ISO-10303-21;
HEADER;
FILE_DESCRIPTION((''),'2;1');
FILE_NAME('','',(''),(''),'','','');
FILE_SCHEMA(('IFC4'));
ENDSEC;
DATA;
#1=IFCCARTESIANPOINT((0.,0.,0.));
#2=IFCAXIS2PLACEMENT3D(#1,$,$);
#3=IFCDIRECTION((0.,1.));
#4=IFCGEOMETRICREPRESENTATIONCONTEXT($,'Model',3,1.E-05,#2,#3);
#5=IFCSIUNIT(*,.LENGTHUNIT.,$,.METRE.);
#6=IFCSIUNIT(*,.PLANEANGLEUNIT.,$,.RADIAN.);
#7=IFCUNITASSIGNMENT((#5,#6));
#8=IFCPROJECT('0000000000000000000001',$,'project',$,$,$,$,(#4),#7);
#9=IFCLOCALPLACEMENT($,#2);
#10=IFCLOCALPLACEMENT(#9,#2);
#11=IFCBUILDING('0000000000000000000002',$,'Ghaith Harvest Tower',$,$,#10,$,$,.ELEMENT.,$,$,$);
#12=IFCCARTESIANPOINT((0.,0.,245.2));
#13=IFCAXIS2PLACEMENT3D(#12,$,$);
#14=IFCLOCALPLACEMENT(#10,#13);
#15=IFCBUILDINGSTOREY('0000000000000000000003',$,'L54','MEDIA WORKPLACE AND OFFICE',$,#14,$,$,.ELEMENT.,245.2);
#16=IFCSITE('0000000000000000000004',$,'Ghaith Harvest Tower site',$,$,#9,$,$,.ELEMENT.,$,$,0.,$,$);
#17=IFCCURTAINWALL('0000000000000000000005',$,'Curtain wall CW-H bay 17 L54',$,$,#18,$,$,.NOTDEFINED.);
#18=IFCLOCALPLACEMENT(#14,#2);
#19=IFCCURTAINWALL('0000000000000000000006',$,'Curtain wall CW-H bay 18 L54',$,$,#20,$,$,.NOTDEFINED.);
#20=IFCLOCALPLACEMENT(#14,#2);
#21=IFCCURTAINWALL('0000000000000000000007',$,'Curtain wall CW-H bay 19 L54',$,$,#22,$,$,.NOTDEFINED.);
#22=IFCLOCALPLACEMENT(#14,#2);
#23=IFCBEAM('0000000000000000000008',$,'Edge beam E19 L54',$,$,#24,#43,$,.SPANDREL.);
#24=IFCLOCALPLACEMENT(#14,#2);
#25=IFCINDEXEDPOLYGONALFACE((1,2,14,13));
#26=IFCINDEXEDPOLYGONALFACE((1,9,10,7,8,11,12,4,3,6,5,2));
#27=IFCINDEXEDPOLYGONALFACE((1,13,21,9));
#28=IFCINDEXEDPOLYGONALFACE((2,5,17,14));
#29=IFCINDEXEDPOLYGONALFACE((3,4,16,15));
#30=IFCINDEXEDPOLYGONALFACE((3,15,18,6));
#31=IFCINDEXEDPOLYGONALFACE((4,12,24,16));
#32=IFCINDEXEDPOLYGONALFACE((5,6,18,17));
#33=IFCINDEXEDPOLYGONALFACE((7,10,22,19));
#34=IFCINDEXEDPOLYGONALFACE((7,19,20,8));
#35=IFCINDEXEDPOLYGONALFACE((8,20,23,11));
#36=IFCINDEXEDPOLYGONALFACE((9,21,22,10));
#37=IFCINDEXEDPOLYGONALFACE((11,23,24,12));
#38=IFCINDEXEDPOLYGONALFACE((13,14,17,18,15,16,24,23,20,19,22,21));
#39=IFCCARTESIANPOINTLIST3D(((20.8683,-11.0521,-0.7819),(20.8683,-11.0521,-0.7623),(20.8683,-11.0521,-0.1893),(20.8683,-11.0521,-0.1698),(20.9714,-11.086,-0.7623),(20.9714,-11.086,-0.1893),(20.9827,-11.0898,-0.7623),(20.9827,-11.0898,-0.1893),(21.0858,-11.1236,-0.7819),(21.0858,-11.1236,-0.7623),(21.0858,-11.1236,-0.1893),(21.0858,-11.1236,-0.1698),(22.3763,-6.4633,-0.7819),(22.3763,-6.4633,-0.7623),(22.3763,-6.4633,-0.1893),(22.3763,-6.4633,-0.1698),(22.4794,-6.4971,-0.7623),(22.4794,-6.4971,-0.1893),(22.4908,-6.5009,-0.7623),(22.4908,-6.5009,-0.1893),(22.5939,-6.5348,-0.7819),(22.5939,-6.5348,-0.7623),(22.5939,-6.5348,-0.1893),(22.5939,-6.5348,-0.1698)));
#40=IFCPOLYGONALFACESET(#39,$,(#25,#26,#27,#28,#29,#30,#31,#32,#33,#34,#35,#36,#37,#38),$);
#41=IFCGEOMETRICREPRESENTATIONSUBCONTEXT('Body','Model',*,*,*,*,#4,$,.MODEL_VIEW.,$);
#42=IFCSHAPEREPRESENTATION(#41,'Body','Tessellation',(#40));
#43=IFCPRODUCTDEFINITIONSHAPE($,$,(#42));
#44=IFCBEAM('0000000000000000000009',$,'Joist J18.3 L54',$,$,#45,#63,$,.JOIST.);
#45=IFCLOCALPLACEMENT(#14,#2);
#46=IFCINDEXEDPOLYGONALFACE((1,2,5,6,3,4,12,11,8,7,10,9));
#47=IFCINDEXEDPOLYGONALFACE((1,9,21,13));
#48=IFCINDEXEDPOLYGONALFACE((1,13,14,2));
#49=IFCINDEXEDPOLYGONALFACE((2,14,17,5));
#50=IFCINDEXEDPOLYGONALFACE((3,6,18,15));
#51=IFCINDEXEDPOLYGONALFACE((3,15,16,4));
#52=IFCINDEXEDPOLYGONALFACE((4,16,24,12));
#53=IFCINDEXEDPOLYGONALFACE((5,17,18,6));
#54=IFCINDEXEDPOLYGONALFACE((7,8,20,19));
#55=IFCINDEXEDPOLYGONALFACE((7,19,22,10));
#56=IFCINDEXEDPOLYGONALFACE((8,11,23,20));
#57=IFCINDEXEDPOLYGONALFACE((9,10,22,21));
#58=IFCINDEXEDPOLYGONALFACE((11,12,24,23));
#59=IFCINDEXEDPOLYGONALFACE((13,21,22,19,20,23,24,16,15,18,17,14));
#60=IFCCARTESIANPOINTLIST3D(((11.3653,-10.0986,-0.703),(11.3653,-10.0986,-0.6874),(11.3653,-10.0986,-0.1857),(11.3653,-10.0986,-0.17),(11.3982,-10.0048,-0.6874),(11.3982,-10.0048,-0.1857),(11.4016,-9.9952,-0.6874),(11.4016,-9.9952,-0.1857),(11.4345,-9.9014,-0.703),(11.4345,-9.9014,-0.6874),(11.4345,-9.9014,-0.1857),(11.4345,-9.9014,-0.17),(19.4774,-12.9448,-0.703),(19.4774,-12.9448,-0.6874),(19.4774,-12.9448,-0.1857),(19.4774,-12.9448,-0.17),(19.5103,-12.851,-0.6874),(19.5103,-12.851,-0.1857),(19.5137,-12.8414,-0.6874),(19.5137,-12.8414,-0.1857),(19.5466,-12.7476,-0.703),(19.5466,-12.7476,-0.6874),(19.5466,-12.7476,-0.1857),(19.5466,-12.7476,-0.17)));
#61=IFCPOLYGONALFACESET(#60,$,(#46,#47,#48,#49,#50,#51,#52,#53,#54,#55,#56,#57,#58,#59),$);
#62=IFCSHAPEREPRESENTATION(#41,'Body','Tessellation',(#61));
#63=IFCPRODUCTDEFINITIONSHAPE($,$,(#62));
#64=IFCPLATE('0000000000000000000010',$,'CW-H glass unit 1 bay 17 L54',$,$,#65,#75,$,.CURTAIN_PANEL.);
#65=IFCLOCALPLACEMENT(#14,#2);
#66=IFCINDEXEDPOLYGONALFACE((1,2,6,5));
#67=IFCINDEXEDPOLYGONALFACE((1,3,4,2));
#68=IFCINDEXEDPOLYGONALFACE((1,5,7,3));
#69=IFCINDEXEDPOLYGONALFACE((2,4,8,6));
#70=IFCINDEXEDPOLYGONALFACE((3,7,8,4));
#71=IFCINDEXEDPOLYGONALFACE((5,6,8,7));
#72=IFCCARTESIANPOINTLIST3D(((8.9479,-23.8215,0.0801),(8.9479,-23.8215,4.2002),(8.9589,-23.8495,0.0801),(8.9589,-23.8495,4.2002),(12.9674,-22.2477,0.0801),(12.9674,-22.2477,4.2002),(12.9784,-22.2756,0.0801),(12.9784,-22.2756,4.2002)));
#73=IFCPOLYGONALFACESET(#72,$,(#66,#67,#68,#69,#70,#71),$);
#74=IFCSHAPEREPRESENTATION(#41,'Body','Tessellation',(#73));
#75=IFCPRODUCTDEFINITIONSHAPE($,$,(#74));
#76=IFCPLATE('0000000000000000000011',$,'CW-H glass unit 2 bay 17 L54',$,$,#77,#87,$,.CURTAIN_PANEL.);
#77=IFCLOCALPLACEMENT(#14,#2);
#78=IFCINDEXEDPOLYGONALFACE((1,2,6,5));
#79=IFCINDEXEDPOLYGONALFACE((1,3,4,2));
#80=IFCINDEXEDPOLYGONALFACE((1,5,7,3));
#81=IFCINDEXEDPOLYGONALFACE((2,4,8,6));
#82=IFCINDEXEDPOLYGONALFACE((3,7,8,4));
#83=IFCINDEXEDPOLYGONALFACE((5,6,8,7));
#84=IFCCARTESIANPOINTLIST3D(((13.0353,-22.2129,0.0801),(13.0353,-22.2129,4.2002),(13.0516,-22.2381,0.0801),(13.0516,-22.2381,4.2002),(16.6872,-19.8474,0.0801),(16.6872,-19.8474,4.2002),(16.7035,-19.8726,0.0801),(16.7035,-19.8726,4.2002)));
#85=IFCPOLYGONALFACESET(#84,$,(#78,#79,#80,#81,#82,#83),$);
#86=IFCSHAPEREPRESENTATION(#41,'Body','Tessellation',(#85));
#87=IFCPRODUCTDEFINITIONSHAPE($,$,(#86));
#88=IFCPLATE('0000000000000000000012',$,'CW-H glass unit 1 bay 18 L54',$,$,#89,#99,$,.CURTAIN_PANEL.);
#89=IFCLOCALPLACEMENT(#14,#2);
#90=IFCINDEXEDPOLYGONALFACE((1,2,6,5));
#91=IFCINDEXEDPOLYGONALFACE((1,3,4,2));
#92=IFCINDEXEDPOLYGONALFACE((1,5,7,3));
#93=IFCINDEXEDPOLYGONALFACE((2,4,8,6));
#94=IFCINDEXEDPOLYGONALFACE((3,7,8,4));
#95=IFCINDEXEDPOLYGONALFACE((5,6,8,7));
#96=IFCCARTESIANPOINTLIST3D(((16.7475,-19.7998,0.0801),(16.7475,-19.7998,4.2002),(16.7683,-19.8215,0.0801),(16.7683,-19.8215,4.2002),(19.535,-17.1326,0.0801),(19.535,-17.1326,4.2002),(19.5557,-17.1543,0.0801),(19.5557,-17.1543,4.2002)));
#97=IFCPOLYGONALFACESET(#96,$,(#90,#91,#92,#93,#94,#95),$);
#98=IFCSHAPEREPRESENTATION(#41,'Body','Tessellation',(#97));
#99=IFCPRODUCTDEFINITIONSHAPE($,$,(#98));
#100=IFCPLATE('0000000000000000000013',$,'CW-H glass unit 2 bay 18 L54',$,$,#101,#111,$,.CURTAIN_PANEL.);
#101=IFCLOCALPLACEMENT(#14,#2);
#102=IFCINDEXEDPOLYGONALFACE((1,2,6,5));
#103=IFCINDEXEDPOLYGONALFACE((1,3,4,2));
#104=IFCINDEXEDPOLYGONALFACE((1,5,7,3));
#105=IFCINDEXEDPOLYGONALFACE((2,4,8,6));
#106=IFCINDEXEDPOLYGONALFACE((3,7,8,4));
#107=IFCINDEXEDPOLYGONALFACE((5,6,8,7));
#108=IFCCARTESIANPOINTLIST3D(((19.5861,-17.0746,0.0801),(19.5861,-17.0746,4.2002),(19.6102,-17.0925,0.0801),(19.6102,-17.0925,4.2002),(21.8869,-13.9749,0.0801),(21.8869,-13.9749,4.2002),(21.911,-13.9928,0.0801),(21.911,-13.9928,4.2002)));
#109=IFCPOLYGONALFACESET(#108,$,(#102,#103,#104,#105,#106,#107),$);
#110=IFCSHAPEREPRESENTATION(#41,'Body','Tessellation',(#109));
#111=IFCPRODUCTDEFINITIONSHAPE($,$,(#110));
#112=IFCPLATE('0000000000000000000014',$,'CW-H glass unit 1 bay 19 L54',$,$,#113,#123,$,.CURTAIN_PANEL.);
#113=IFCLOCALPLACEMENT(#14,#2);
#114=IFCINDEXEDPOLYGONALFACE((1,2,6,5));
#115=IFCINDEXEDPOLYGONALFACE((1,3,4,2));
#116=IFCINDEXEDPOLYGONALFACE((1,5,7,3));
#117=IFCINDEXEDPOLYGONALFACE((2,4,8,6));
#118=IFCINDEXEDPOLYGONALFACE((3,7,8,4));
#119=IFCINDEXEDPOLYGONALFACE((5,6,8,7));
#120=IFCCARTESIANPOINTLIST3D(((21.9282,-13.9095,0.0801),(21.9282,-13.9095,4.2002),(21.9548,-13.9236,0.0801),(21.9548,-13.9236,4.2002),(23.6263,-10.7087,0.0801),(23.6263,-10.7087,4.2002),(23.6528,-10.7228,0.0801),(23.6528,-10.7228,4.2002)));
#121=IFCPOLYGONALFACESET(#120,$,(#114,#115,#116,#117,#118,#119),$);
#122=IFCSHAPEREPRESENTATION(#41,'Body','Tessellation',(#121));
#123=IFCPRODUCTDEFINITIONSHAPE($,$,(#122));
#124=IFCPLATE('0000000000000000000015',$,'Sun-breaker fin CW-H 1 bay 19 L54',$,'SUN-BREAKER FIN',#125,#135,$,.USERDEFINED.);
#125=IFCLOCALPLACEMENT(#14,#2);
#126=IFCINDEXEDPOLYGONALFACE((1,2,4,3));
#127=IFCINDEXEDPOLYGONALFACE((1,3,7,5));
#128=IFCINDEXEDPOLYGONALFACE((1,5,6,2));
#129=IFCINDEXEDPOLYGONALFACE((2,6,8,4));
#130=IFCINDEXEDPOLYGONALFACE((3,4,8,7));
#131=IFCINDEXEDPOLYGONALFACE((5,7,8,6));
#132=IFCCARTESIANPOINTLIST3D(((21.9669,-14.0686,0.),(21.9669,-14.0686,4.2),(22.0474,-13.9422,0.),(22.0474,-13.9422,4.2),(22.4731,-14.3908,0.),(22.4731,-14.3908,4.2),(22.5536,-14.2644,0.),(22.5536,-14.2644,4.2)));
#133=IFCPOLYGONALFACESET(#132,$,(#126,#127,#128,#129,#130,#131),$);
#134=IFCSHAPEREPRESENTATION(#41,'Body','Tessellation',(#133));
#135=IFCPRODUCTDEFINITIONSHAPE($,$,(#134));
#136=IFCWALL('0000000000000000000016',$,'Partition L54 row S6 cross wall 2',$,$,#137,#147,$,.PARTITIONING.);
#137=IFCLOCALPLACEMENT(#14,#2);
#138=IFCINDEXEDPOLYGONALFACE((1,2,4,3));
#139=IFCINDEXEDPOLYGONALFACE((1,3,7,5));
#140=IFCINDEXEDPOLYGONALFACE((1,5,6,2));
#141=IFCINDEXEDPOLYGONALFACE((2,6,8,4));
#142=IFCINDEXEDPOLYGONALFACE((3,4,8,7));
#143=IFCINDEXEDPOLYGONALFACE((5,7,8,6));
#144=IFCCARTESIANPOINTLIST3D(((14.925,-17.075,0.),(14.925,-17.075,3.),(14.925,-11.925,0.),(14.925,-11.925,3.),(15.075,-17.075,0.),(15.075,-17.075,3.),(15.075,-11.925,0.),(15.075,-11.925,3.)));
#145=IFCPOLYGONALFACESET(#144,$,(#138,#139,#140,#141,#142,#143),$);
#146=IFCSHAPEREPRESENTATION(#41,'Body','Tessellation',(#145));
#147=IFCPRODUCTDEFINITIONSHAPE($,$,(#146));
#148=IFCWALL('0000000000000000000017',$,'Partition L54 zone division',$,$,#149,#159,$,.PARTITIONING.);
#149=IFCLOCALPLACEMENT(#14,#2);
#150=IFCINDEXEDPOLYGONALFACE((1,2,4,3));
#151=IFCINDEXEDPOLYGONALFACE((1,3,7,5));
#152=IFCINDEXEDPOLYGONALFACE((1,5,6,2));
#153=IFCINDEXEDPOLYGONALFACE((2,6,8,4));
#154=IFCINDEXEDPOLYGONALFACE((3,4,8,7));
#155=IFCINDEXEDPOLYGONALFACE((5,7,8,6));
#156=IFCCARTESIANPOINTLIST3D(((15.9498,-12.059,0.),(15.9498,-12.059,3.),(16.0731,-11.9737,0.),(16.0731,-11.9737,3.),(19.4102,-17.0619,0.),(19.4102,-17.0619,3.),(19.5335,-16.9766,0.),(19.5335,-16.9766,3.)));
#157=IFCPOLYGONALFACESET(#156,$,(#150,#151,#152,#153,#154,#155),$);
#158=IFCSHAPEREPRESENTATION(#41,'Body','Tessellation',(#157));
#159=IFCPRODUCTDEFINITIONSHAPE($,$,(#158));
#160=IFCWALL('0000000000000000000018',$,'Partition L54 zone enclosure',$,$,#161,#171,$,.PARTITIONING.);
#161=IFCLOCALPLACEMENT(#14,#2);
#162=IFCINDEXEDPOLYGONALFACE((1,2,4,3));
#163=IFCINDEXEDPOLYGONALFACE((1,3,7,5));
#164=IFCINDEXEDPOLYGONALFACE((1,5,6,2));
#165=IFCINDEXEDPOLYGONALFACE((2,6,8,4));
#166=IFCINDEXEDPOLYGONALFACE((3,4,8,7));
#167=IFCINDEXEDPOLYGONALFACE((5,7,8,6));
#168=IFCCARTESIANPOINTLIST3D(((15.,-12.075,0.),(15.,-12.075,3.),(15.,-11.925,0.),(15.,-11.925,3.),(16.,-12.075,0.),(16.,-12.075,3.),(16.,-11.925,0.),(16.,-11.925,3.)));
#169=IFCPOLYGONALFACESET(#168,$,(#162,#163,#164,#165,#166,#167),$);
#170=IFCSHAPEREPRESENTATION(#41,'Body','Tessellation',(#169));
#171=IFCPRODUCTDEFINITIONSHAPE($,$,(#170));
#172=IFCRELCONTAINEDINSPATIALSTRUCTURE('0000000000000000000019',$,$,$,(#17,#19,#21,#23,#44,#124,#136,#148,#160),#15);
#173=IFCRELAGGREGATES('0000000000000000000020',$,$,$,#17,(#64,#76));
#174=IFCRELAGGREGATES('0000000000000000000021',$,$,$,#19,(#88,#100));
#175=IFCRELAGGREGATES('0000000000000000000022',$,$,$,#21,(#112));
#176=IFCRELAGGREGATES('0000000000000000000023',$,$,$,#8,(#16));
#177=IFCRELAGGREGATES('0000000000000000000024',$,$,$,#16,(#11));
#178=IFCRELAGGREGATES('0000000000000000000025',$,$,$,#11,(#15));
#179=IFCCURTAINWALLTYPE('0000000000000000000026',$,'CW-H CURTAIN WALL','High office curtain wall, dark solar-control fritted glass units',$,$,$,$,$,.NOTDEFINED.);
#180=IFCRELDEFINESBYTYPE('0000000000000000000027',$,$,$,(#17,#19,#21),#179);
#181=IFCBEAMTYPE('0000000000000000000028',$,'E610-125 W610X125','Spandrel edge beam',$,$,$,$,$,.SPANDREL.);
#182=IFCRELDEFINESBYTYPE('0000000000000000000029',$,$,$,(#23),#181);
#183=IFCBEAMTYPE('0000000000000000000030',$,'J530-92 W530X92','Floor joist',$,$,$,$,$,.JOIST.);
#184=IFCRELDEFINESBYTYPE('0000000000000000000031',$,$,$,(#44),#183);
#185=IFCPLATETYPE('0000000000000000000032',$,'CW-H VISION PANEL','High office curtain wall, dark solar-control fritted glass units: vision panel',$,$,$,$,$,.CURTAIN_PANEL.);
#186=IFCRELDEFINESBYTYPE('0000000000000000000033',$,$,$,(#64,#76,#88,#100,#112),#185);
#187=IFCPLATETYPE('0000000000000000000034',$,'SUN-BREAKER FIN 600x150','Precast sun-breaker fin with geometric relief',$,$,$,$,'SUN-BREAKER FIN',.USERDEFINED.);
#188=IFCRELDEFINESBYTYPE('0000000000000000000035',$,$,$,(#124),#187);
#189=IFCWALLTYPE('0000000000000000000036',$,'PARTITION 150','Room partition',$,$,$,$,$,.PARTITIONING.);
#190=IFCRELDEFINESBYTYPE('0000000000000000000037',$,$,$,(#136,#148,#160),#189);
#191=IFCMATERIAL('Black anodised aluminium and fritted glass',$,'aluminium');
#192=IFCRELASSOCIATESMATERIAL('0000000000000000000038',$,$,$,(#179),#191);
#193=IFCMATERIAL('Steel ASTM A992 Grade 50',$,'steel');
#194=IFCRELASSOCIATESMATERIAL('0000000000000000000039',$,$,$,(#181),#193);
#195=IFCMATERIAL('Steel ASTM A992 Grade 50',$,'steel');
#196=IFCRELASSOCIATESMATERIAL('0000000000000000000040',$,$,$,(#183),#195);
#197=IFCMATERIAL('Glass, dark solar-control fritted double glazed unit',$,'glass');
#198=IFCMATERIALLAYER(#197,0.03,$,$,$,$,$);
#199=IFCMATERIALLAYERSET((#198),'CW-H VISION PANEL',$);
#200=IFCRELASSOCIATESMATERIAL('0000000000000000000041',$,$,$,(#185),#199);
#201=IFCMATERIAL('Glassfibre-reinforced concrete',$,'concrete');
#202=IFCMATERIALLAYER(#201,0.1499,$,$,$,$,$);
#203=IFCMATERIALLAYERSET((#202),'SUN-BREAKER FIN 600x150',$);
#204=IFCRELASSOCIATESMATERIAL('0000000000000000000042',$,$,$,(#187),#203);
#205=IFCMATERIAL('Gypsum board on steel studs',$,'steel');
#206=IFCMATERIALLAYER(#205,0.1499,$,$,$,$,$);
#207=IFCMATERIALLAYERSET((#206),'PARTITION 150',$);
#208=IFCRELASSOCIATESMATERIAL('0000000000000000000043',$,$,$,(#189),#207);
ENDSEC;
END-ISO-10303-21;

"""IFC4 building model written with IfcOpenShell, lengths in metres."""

from ifc_helpers import new_model, si_unit, direction, frame, frame_2d, origin, origin_2d, place, context, subcontext, project, spatial, rectangle, i_section, extrude, material, layer, layer_set, material_profile, profile_set, type_object, element, aggregate, save


model = new_model("IFC4")

# Units and contexts
model_context = context("Model", 3, precision=1e-05, world=origin(), true_north=direction((0.0, 1.0)))
body_context = subcontext(model_context, "Body", "Model", "MODEL_VIEW")
ifc_project = project(units=[si_unit("LENGTHUNIT", "METRE"), si_unit("PLANEANGLEUNIT", "RADIAN")], contexts=[model_context])

# Site, building, storey
site_placement = place(None, origin())
site = spatial("IfcSite", under=ifc_project, at=site_placement, Name="Ghaith Harvest Tower site", CompositionType="ELEMENT", RefElevation=0.0)
building_placement = place(site_placement, origin())
building = spatial("IfcBuilding", under=site, at=building_placement, Name="Ghaith Harvest Tower", CompositionType="ELEMENT")
storey_placement = place(building_placement, frame((0.0, 0.0, 245.2)))
storey = spatial("IfcBuildingStorey", under=building, at=storey_placement, Name="L54", Description="MEDIA WORKPLACE AND OFFICE", CompositionType="ELEMENT", Elevation=245.2)

# Curtain wall
ifc_material_1 = material(Name="Black anodised aluminium and fritted glass", Category="aluminium")
curtain_wall_type = type_object("IfcCurtainWallType", Name="CW-H CURTAIN WALL", Description="High office curtain wall, dark solar-control fritted glass units", PredefinedType="NOTDEFINED", material=ifc_material_1)
curtain_wall_1_placement = place(storey_placement, origin())
curtain_wall_1 = element("IfcCurtainWall", 1, at=curtain_wall_1_placement, inside=storey, type_object=curtain_wall_type, Name="Curtain wall CW-H bay 17 L54", PredefinedType="NOTDEFINED")

# Curtain walls
curtain_wall_2_placement = place(storey_placement, origin())
curtain_wall_2 = element("IfcCurtainWall", 2, at=curtain_wall_2_placement, inside=storey, type_object=curtain_wall_type, Name="Curtain wall CW-H bay 18 L54", PredefinedType="NOTDEFINED")
curtain_wall_3_placement = place(storey_placement, origin())
curtain_wall_3 = element("IfcCurtainWall", 3, at=curtain_wall_3_placement, inside=storey, type_object=curtain_wall_type, Name="Curtain wall CW-H bay 19 L54", PredefinedType="NOTDEFINED")

# Beams
ifc_material_2 = material(Name="Steel ASTM A992 Grade 50", Category="steel")
ifc_material_profile_1 = material_profile(ifc_material_2, i_section(OverallWidth=0.229, OverallDepth=0.6121, WebThickness=0.012, FlangeThickness=0.0195, at=origin_2d()), Name="W610X125")
ifc_profile_set_1 = profile_set([ifc_material_profile_1], Name="Steel ASTM A992 Grade 50")
beam_type_1 = type_object("IfcBeamType", Name="E610-125 W610X125", Description="Spandrel edge beam", PredefinedType="SPANDREL", material=ifc_profile_set_1)
beam_1_placement = place(storey_placement, frame((20.9771, -11.0879, -0.4758), z_axis=(0.312207, 0.950014, 0.0), x_axis=(-0.950014, 0.312207, 0.0)))
element("IfcBeam", 4, at=beam_1_placement, inside=storey, type_object=beam_type_1, Name="Edge beam E19 L54", PredefinedType="SPANDREL", context=body_context, shape_type="SweptSolid", body=[
    extrude(i_section(OverallWidth=0.229, OverallDepth=0.6121, WebThickness=0.012, FlangeThickness=0.0195, at=origin_2d()), origin(), (0.0, 0.0, 1.0), 4.8303),
])
ifc_material_3 = material(Name="Steel ASTM A992 Grade 50", Category="steel")
ifc_material_profile_2 = material_profile(ifc_material_3, i_section(OverallWidth=0.209, OverallDepth=0.533, WebThickness=0.0103, FlangeThickness=0.0156, at=origin_2d()), Name="W530X92")
ifc_profile_set_2 = profile_set([ifc_material_profile_2], Name="Steel ASTM A992 Grade 50")
beam_type_2 = type_object("IfcBeamType", Name="J530-92 W530X92", Description="Floor joist", PredefinedType="JOIST", material=ifc_profile_set_2)
beam_2_placement = place(storey_placement, frame((11.3999, -10.0, -0.4365), z_axis=(0.943605, -0.331073, 0.0), x_axis=(0.331073, 0.943605, 0.0)))
element("IfcBeam", 5, at=beam_2_placement, inside=storey, type_object=beam_type_2, Name="Joist J18.3 L54", PredefinedType="JOIST", context=body_context, shape_type="SweptSolid", body=[
    extrude(i_section(OverallWidth=0.209, OverallDepth=0.533, WebThickness=0.0103, FlangeThickness=0.0156, at=origin_2d()), origin(), (0.0, 0.0, 1.0), 8.5969),
])

# Plates
ifc_material_4 = material(Name="Glass, dark solar-control fritted double glazed unit", Category="glass")
ifc_layer_1 = layer(ifc_material_4, 0.03)
ifc_layer_set_1 = layer_set([ifc_layer_1], Name="CW-H VISION PANEL")
plate_type_1 = type_object("IfcPlateType", Name="CW-H VISION PANEL", Description="High office curtain wall, dark solar-control fritted glass units: vision panel", PredefinedType="CURTAIN_PANEL", material=ifc_layer_set_1)
plate_1_placement = place(storey_placement, frame((10.9631, -23.0486, 0.0801), z_axis=(0.0, 0.0, 1.0), x_axis=(0.931161, 0.364608, 0.0)))
plate_1 = element("IfcPlate", 6, at=plate_1_placement, type_object=plate_type_1, Name="CW-H glass unit 1 bay 17 L54", PredefinedType="CURTAIN_PANEL", context=body_context, shape_type="SweptSolid", body=[
    extrude(rectangle(XDim=4.3167, YDim=0.03, at=origin_2d()), origin(), (0.0, 0.0, 1.0), 4.1201),
])
plate_2_placement = place(storey_placement, frame((14.8694, -21.0427, 0.0801), z_axis=(0.0, 0.0, 1.0), x_axis=(0.839305, 0.54366, 0.0)))
plate_2 = element("IfcPlate", 7, at=plate_2_placement, type_object=plate_type_1, Name="CW-H glass unit 2 bay 17 L54", PredefinedType="CURTAIN_PANEL", context=body_context, shape_type="SweptSolid", body=[
    extrude(rectangle(XDim=4.3511, YDim=0.03, at=origin_2d()), origin(), (0.0, 0.0, 1.0), 4.1201),
])
aggregate(curtain_wall_1, [plate_1, plate_2])
plate_3_placement = place(storey_placement, frame((18.1516, -18.4771, 0.0801), z_axis=(0.0, 0.0, 1.0), x_axis=(0.722533, 0.691337, 0.0)))
plate_3 = element("IfcPlate", 8, at=plate_3_placement, type_object=plate_type_1, Name="CW-H glass unit 1 bay 18 L54", PredefinedType="CURTAIN_PANEL", context=body_context, shape_type="SweptSolid", body=[
    extrude(rectangle(XDim=3.8579, YDim=0.03, at=origin_2d()), origin(), (0.0, 0.0, 1.0), 4.1201),
])
plate_4_placement = place(storey_placement, frame((20.7485, -15.5337, 0.0801), z_axis=(0.0, 0.0, 1.0), x_axis=(0.596019, 0.802971, 0.0)))
plate_4 = element("IfcPlate", 9, at=plate_4_placement, type_object=plate_type_1, Name="CW-H glass unit 2 bay 18 L54", PredefinedType="CURTAIN_PANEL", context=body_context, shape_type="SweptSolid", body=[
    extrude(rectangle(XDim=3.8604, YDim=0.03, at=origin_2d()), origin(), (0.0, 0.0, 1.0), 4.1201),
])
aggregate(curtain_wall_2, [plate_3, plate_4])
plate_5_placement = place(storey_placement, frame((22.7905, -12.3162, 0.0801), z_axis=(0.0, 0.0, 1.0), x_axis=(0.468644, 0.883387, 0.0)))
plate_5 = element("IfcPlate", 10, at=plate_5_placement, type_object=plate_type_1, Name="CW-H glass unit 1 bay 19 L54", PredefinedType="CURTAIN_PANEL", context=body_context, shape_type="SweptSolid", body=[
    extrude(rectangle(XDim=3.6233, YDim=0.03, at=origin_2d()), origin(), (0.0, 0.0, 1.0), 4.1201),
])
aggregate(curtain_wall_3, [plate_5])
ifc_material_5 = material(Name="Glassfibre-reinforced concrete", Category="concrete")
ifc_layer_2 = layer(ifc_material_5, 0.1499)
ifc_layer_set_2 = layer_set([ifc_layer_2], Name="SUN-BREAKER FIN 600x150")
plate_type_2 = type_object("IfcPlateType", Name="SUN-BREAKER FIN 600x150", Description="Precast sun-breaker fin with geometric relief", ElementType="SUN-BREAKER FIN", PredefinedType="USERDEFINED", material=ifc_layer_set_2)
plate_6_placement = place(storey_placement, frame((22.2603, -14.1665, 0.0), z_axis=(0.0, 0.0, 1.0), x_axis=(0.843644, -0.536903, 0.0)))
element("IfcPlate", 11, at=plate_6_placement, inside=storey, type_object=plate_type_2, Name="Sun-breaker fin CW-H 1 bay 19 L54", ObjectType="SUN-BREAKER FIN", PredefinedType="USERDEFINED", context=body_context, shape_type="SweptSolid", body=[
    extrude(rectangle(XDim=0.6001, YDim=0.1499, at=origin_2d()), origin(), (0.0, 0.0, 1.0), 4.2),
])

# Walls
ifc_material_6 = material(Name="Gypsum board on steel studs", Category="steel")
ifc_layer_3 = layer(ifc_material_6, 0.1499)
ifc_layer_set_3 = layer_set([ifc_layer_3], Name="PARTITION 150")
wall_type = type_object("IfcWallType", Name="PARTITION 150", Description="Room partition", PredefinedType="PARTITIONING", material=ifc_layer_set_3)
wall_1_placement = place(storey_placement, frame((15.0, -11.925, 0.0), z_axis=(0.0, 0.0, 1.0), x_axis=(0.0, -1.0, 0.0)))
element("IfcWall", 12, at=wall_1_placement, inside=storey, type_object=wall_type, Name="Partition L54 row S6 cross wall 2", PredefinedType="PARTITIONING", context=body_context, shape_type="SweptSolid", body=[
    extrude(rectangle(XDim=5.1499, YDim=0.1499, at=frame_2d((2.575, 0.0))), origin(), (0.0, 0.0, 1.0), 3.0),
])
wall_2_placement = place(storey_placement, frame((16.0115, -12.0164, 0.0), z_axis=(0.0, 0.0, 1.0), x_axis=(0.568863, -0.822432, 0.0)))
element("IfcWall", 13, at=wall_2_placement, inside=storey, type_object=wall_type, Name="Partition L54 zone division", PredefinedType="PARTITIONING", context=body_context, shape_type="SweptSolid", body=[
    extrude(rectangle(XDim=6.083, YDim=0.1499, at=frame_2d((3.0415, 0.0))), origin(), (0.0, 0.0, 1.0), 3.0),
])
wall_3_placement = place(storey_placement, frame((15.0, -12.0, 0.0), z_axis=(0.0, 0.0, 1.0), x_axis=(1.0, 0.0, 0.0)))
element("IfcWall", 14, at=wall_3_placement, inside=storey, type_object=wall_type, Name="Partition L54 zone enclosure", PredefinedType="PARTITIONING", context=body_context, shape_type="SweptSolid", body=[
    extrude(rectangle(XDim=1.0, YDim=0.1499, at=frame_2d((0.5, 0.0))), origin(), (0.0, 0.0, 1.0), 3.0),
])

save(model, "model.ifc")
